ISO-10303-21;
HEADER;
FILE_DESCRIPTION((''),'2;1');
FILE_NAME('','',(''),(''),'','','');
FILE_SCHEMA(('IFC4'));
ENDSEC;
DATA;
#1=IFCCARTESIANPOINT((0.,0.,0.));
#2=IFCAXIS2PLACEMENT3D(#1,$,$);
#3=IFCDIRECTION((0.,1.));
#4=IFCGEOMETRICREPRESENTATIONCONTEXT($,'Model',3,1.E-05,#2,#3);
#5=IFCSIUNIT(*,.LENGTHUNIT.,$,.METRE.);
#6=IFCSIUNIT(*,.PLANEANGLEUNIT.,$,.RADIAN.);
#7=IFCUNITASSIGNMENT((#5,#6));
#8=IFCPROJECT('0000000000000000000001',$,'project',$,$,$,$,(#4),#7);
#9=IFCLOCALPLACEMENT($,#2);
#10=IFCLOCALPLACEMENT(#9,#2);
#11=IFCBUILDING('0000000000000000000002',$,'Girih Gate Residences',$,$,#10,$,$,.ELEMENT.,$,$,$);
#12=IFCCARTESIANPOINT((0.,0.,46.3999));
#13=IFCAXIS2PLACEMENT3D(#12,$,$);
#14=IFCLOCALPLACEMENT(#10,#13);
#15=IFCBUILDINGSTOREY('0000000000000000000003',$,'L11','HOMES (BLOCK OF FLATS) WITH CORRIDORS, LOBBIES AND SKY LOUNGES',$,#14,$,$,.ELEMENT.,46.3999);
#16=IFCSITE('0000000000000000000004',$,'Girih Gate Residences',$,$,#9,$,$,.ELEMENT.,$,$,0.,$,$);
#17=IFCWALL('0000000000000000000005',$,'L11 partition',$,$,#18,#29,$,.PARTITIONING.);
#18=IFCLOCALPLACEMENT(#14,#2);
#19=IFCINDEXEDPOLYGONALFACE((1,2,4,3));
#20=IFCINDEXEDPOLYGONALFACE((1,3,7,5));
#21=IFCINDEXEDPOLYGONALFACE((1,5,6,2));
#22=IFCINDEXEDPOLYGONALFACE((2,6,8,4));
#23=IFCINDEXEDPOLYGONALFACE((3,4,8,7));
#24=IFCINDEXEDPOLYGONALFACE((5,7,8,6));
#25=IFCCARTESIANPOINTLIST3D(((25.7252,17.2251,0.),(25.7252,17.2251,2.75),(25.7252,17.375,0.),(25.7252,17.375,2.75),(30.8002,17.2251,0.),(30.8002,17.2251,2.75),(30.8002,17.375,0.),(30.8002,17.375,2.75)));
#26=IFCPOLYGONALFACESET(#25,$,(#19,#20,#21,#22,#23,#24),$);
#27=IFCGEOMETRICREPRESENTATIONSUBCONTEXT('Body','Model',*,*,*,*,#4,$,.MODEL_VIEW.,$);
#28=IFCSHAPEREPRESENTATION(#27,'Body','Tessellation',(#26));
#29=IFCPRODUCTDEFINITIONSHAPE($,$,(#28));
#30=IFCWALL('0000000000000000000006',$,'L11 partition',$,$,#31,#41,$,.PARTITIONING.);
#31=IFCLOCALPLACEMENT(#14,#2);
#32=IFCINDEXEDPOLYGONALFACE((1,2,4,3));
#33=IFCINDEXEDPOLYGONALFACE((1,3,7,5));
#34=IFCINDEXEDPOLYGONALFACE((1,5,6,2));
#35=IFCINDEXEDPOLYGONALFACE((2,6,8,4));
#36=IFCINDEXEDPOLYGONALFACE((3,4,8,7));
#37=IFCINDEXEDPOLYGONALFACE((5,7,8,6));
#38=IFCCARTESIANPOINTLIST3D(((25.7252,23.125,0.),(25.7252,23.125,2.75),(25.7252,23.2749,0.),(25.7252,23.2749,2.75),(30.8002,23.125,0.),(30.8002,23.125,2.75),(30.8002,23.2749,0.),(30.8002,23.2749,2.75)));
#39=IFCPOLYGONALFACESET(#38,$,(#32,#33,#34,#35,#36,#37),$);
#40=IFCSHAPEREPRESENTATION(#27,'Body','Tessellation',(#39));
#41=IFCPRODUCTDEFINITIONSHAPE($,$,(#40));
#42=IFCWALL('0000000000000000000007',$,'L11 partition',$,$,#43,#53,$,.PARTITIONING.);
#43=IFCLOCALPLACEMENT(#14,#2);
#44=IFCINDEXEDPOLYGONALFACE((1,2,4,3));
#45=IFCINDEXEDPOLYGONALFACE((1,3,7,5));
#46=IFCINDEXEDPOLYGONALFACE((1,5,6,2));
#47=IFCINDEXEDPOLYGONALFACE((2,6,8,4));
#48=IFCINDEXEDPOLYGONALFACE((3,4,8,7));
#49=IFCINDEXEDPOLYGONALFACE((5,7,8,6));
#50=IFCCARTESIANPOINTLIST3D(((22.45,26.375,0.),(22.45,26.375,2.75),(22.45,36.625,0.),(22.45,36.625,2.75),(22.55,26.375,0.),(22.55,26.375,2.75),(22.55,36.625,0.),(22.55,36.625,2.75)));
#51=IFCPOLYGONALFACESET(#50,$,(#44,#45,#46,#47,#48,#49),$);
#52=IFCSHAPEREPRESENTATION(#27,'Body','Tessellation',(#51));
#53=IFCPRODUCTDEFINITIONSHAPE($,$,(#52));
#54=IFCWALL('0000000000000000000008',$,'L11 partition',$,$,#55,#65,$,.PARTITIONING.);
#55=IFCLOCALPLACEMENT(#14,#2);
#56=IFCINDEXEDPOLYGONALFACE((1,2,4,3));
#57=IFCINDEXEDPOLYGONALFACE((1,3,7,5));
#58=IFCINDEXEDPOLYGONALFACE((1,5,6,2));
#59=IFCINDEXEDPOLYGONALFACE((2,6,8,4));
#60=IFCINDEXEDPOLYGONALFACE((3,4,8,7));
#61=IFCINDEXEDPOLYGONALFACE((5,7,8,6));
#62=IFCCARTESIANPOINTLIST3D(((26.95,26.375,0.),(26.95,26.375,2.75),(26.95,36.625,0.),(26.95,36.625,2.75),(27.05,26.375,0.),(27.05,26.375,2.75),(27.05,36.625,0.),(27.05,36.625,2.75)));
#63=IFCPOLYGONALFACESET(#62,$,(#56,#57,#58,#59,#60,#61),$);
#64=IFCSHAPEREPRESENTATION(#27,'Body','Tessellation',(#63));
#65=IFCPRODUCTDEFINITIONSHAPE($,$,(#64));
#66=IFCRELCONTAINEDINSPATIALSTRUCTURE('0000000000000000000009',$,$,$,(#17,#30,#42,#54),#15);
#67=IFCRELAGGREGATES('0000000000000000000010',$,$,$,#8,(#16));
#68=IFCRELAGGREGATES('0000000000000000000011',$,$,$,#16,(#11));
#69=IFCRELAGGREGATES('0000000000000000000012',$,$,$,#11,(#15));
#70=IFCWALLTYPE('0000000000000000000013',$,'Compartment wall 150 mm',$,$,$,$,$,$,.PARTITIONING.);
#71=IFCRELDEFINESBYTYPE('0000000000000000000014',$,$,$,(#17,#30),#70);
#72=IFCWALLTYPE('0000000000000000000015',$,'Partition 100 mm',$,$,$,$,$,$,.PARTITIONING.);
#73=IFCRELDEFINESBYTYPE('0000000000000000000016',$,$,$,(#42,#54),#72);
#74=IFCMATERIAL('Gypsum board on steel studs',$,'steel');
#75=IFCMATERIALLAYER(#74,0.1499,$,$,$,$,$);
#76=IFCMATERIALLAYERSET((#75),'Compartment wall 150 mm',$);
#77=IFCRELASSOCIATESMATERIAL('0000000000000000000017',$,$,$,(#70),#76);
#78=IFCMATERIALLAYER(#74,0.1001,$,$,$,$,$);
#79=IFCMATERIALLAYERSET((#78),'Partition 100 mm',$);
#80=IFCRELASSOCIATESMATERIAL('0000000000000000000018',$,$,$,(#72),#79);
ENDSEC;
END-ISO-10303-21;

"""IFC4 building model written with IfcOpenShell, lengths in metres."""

from ifc_helpers import new_model, si_unit, direction, frame, frame_2d, origin, place, context, subcontext, project, spatial, rectangle, extrude, material, layer, layer_set, type_object, element, save


model = new_model("IFC4")

# Units and contexts
model_context = context("Model", 3, precision=1e-05, world=origin(), true_north=direction((0.0, 1.0)))
body_context = subcontext(model_context, "Body", "Model", "MODEL_VIEW")
ifc_project = project(units=[si_unit("LENGTHUNIT", "METRE"), si_unit("PLANEANGLEUNIT", "RADIAN")], contexts=[model_context])

# Site, building, storey
site_placement = place(None, origin())
site = spatial("IfcSite", under=ifc_project, at=site_placement, Name="Girih Gate Residences", CompositionType="ELEMENT", RefElevation=0.0)
building_placement = place(site_placement, origin())
building = spatial("IfcBuilding", under=site, at=building_placement, Name="Girih Gate Residences", CompositionType="ELEMENT")
storey_placement = place(building_placement, frame((0.0, 0.0, 46.3999)))
storey = spatial("IfcBuildingStorey", under=building, at=storey_placement, Name="L11", Description="HOMES (BLOCK OF FLATS) WITH CORRIDORS, LOBBIES AND SKY LOUNGES", CompositionType="ELEMENT", Elevation=46.3999)

# Shared definitions
ifc_material_1 = material(Name="Gypsum board on steel studs", Category="steel")
ifc_layer_1 = layer(ifc_material_1, 0.1499)
ifc_layer_set_1 = layer_set([ifc_layer_1], Name="Compartment wall 150 mm")
wall_type_1 = type_object("IfcWallType", Name="Compartment wall 150 mm", PredefinedType="PARTITIONING", material=ifc_layer_set_1)

# Walls
for number, where, z_axis, x_axis, name in (
    (1, (25.7251, 17.3, 0.0), (0.0, 0.0, 1.0), (1.0, 0.0, 0.0), "L11 partition"),
    (2, (25.7251, 23.2, 0.0), (0.0, 0.0, 1.0), (1.0, 0.0, 0.0), "L11 partition"),
):
    element("IfcWall", number, at=place(storey_placement, frame(where, z_axis=z_axis, x_axis=x_axis)), inside=storey, type_object=wall_type_1, Name=name, PredefinedType="PARTITIONING", context=body_context, shape_type="SweptSolid", body=[
        extrude(rectangle(XDim=5.075, YDim=0.1499, at=frame_2d((2.5376, 0.0))), origin(), (0.0, 0.0, 1.0), 2.75),
    ])
ifc_layer_2 = layer(ifc_material_1, 0.1001)
ifc_layer_set_2 = layer_set([ifc_layer_2], Name="Partition 100 mm")
wall_type_2 = type_object("IfcWallType", Name="Partition 100 mm", PredefinedType="PARTITIONING", material=ifc_layer_set_2)
for number, where, z_axis, x_axis, name in (
    (3, (22.5, 26.375, 0.0), (0.0, 0.0, 1.0), (0.0, 1.0, 0.0), "L11 partition"),
    (4, (27.0, 26.375, 0.0), (0.0, 0.0, 1.0), (0.0, 1.0, 0.0), "L11 partition"),
):
    element("IfcWall", number, at=place(storey_placement, frame(where, z_axis=z_axis, x_axis=x_axis)), inside=storey, type_object=wall_type_2, Name=name, PredefinedType="PARTITIONING", context=body_context, shape_type="SweptSolid", body=[
        extrude(rectangle(XDim=10.25, YDim=0.1001, at=frame_2d((5.125, 0.0))), origin(), (0.0, 0.0, 1.0), 2.75),
    ])

save(model, "model.ifc")
